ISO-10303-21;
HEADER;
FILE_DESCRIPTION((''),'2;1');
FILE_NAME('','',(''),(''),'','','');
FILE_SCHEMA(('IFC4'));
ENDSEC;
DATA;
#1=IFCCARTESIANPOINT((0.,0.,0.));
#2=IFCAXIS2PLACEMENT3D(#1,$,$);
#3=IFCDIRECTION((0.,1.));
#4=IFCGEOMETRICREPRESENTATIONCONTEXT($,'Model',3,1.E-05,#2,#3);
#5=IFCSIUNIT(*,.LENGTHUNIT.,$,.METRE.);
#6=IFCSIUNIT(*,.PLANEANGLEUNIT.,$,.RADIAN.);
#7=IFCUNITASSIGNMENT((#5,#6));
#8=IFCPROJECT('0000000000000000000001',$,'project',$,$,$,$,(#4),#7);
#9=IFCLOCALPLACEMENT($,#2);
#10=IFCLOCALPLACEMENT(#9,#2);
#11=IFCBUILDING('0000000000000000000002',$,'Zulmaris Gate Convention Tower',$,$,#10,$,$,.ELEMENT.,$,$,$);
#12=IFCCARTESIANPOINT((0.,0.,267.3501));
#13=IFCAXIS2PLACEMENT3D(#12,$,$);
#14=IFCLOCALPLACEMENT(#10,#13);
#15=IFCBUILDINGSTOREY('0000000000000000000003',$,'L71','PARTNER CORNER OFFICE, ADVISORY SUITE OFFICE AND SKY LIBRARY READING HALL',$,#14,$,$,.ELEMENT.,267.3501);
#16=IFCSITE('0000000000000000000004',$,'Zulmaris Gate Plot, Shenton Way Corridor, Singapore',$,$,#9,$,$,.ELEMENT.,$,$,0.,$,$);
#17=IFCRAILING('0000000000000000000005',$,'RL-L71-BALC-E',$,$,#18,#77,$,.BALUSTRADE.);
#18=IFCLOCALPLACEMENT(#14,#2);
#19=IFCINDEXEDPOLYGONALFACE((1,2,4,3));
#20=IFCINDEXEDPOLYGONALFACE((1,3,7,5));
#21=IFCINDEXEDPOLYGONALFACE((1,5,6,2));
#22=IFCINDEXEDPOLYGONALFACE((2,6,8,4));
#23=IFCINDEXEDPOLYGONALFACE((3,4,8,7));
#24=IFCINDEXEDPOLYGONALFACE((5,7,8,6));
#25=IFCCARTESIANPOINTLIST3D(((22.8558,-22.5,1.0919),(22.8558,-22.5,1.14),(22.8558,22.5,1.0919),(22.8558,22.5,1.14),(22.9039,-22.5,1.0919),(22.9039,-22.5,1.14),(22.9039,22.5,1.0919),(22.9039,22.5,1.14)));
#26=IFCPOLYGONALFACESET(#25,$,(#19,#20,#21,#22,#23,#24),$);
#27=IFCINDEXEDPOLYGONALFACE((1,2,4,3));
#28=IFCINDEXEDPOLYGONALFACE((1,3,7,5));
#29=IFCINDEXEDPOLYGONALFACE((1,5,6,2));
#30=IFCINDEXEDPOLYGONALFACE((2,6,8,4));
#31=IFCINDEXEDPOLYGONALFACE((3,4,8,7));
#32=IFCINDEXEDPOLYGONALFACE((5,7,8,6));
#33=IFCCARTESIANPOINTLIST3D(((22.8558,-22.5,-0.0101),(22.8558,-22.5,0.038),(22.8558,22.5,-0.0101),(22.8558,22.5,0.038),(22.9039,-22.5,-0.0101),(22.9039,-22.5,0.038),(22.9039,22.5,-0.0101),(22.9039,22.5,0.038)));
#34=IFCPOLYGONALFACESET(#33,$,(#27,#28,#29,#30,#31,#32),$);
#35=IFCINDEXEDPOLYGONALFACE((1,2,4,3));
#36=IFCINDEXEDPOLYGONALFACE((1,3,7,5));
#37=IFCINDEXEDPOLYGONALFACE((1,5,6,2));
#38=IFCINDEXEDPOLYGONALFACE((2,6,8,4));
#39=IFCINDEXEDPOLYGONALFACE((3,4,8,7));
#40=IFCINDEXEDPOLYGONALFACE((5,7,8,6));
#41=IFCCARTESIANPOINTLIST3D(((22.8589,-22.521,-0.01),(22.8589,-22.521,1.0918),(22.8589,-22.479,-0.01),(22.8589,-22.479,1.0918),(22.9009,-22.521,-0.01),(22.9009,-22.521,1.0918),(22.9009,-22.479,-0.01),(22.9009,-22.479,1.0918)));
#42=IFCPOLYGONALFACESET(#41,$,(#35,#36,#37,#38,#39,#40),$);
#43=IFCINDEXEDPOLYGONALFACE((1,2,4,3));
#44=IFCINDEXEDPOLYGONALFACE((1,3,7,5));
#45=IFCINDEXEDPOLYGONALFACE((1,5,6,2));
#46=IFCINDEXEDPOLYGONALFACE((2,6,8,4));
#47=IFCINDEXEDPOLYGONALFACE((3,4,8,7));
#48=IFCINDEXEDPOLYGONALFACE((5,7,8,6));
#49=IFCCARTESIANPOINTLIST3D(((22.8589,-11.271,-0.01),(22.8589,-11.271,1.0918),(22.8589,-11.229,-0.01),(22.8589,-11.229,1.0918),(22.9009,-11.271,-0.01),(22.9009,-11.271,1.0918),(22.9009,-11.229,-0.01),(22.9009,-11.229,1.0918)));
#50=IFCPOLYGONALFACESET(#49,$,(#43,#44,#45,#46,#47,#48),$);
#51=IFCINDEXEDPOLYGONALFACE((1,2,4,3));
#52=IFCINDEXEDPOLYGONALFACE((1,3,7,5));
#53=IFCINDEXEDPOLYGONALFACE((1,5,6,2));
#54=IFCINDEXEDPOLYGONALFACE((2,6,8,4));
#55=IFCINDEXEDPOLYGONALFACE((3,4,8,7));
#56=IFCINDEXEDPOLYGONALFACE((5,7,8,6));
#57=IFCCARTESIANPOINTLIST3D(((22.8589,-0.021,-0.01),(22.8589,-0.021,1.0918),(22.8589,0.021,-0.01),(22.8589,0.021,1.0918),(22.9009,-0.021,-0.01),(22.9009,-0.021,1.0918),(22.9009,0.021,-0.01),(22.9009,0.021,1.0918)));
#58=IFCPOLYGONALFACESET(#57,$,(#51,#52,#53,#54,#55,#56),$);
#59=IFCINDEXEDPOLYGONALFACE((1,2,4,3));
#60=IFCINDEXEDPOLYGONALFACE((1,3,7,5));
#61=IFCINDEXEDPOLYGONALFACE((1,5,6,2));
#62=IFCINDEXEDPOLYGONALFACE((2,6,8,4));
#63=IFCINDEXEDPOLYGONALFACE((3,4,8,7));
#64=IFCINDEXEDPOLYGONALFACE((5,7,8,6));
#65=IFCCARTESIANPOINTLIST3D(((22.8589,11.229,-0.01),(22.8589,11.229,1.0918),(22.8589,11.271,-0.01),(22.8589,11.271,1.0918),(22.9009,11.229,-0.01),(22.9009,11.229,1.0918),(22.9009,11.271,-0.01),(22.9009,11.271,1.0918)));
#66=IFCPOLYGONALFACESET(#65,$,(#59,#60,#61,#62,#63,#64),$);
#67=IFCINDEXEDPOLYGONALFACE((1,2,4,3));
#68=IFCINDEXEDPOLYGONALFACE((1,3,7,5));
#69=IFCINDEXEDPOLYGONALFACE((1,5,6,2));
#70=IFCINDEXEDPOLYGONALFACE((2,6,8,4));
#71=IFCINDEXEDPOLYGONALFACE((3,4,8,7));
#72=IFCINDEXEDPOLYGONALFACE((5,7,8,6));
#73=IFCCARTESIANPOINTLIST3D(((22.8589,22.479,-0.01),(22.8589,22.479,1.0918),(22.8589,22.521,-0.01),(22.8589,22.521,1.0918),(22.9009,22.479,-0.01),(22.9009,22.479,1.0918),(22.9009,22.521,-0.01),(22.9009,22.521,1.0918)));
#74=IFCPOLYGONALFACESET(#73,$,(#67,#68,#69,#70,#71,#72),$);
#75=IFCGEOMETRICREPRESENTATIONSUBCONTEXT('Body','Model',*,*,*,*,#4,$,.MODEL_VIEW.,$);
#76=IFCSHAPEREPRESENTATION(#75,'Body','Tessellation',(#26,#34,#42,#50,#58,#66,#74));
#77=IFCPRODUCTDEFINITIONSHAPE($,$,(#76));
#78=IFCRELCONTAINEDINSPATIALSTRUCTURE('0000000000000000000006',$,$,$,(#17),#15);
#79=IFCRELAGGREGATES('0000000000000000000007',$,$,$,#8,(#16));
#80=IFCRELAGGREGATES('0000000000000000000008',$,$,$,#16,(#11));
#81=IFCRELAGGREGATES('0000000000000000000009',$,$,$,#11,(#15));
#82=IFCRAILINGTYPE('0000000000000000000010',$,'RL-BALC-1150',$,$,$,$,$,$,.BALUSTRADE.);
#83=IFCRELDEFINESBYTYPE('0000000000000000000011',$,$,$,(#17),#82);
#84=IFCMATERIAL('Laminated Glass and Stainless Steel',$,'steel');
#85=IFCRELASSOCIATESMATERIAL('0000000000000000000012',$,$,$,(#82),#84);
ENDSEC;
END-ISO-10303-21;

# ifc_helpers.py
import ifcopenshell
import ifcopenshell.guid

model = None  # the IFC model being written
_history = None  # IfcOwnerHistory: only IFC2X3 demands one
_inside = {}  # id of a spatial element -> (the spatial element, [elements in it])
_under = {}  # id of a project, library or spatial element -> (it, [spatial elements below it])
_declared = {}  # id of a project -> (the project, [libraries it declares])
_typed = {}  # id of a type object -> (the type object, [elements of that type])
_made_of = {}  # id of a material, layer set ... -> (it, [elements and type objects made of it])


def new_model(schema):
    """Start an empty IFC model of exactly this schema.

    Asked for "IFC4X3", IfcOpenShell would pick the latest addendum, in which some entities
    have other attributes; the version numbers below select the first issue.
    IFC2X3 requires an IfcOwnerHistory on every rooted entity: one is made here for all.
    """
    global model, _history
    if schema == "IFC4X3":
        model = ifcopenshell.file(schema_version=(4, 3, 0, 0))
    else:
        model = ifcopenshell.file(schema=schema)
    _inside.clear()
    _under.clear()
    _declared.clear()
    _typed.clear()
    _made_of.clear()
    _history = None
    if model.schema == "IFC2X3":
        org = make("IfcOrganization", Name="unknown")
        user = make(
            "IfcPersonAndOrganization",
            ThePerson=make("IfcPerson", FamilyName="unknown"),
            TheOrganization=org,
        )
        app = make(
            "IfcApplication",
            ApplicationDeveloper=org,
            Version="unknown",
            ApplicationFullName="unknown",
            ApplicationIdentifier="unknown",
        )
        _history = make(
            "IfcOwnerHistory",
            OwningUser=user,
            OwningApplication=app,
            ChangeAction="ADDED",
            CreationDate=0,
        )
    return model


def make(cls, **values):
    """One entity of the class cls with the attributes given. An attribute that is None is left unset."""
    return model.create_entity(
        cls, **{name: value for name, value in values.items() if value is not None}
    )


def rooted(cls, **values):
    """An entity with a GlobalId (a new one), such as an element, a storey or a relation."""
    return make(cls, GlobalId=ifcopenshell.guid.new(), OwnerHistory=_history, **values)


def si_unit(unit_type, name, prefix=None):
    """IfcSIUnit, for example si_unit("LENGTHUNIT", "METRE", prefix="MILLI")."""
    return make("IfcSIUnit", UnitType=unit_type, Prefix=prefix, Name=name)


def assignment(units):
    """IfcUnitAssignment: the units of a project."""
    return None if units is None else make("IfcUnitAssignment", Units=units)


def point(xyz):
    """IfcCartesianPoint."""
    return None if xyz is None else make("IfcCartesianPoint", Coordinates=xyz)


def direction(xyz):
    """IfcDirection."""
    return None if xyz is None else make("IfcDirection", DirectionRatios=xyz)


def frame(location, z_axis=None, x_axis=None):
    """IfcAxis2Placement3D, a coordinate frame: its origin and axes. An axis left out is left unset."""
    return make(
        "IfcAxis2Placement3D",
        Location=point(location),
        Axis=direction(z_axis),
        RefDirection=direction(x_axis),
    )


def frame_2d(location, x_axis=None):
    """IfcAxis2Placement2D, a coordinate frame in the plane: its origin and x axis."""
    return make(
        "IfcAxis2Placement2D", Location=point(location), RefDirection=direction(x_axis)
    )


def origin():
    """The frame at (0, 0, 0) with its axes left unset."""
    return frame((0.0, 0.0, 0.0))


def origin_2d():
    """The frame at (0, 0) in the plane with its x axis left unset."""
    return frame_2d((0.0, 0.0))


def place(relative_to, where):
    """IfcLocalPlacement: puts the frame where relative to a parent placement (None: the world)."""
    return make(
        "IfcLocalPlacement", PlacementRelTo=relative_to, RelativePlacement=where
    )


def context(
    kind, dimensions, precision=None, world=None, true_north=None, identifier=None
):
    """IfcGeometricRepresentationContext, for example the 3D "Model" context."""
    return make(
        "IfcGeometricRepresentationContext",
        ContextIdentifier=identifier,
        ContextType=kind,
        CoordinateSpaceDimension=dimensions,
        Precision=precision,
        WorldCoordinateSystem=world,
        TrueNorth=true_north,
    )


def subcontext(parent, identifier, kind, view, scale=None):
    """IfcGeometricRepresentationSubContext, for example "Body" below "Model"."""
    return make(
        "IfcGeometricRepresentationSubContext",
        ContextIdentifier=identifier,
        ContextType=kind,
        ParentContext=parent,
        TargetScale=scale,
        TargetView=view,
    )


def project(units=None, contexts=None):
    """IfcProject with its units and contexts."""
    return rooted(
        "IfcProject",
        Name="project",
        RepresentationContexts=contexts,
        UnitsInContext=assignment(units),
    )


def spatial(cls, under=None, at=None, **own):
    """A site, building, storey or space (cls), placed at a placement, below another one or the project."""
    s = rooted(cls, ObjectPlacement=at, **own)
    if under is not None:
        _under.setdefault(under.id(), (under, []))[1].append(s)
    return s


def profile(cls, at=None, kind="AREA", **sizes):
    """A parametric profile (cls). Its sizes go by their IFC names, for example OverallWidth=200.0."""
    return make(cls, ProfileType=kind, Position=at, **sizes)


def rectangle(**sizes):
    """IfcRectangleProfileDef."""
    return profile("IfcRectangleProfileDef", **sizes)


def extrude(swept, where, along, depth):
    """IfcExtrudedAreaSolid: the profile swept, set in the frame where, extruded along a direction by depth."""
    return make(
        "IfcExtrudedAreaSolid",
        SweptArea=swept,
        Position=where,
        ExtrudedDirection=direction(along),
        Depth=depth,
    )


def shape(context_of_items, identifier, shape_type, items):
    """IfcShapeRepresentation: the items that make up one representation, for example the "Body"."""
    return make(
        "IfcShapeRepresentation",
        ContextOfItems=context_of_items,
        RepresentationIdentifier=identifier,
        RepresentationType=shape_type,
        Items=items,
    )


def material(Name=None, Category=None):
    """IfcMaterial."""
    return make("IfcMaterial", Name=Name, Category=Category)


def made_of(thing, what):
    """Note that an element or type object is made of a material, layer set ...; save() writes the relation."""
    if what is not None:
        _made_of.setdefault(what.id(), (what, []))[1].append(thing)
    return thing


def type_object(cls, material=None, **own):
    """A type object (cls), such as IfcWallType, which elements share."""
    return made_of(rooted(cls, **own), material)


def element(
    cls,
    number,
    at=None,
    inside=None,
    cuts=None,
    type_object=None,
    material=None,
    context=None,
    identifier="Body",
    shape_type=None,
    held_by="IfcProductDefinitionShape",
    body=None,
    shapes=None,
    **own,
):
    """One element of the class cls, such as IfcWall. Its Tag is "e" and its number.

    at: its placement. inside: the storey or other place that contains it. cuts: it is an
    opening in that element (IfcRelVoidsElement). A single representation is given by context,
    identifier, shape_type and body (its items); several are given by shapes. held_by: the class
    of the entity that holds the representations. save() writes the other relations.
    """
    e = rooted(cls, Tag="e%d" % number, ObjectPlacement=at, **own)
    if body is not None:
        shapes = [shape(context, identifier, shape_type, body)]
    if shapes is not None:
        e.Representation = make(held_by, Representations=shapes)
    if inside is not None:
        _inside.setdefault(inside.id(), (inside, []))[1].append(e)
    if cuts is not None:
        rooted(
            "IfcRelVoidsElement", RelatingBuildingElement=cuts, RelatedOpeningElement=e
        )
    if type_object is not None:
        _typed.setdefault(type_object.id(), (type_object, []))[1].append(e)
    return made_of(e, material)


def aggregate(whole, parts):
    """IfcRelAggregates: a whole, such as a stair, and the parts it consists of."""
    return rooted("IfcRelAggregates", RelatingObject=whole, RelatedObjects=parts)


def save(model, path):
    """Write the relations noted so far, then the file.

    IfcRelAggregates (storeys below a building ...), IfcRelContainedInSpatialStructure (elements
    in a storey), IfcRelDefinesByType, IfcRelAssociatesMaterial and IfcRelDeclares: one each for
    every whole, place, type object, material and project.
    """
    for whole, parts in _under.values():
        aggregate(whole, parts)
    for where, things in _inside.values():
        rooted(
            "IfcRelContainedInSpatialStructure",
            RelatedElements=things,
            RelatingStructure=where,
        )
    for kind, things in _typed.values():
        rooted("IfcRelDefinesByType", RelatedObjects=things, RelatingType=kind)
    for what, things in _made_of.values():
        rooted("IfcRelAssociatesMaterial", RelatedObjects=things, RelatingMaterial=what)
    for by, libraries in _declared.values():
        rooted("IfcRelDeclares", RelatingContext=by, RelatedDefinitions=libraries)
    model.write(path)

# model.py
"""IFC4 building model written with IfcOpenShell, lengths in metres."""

from ifc_helpers import new_model, si_unit, direction, frame, origin, origin_2d, place, context, subcontext, project, spatial, rectangle, extrude, material, type_object, element, save


model = new_model("IFC4")

# Units and contexts
model_context = context("Model", 3, precision=1e-05, world=origin(), true_north=direction((0.0, 1.0)))
body_context = subcontext(model_context, "Body", "Model", "MODEL_VIEW")
ifc_project = project(units=[si_unit("LENGTHUNIT", "METRE"), si_unit("PLANEANGLEUNIT", "RADIAN")], contexts=[model_context])

# Site, building, storey
site_placement = place(None, origin())
site = spatial("IfcSite", under=ifc_project, at=site_placement, Name="Zulmaris Gate Plot, Shenton Way Corridor, Singapore", CompositionType="ELEMENT", RefElevation=0.0)
building_placement = place(site_placement, origin())
building = spatial("IfcBuilding", under=site, at=building_placement, Name="Zulmaris Gate Convention Tower", CompositionType="ELEMENT")
storey_placement = place(building_placement, frame((0.0, 0.0, 267.3501)))
storey = spatial("IfcBuildingStorey", under=building, at=storey_placement, Name="L71", Description="PARTNER CORNER OFFICE, ADVISORY SUITE OFFICE AND SKY LIBRARY READING HALL", CompositionType="ELEMENT", Elevation=267.3501)

# Railing
ifc_material_1 = material(Name="Laminated Glass and Stainless Steel", Category="steel")
railing_type = type_object("IfcRailingType", Name="RL-BALC-1150", PredefinedType="BALUSTRADE", material=ifc_material_1)
railing_placement = place(storey_placement, frame((22.8799, -22.5, -0.01)))
element("IfcRailing", 1, at=railing_placement, inside=storey, type_object=railing_type, Name="RL-L71-BALC-E", PredefinedType="BALUSTRADE", context=body_context, shape_type="SweptSolid", body=[
    extrude(rectangle(XDim=0.0481, YDim=0.0481, at=origin_2d()), frame((0.0, 0.0, 1.126), z_axis=(0.0, 1.0, 0.0), x_axis=(-1.0, 0.0, 0.0)), (0.0, 0.0, 1.0), 45.0),
    extrude(rectangle(XDim=0.0481, YDim=0.0481, at=origin_2d()), frame((0.0, 0.0, 0.0239), z_axis=(0.0, 1.0, 0.0), x_axis=(-1.0, 0.0, 0.0)), (0.0, 0.0, 1.0), 45.0),
    extrude(rectangle(XDim=0.042, YDim=0.042, at=origin_2d()), origin(), (0.0, 0.0, 1.0), 1.1018),
    extrude(rectangle(XDim=0.042, YDim=0.042, at=origin_2d()), frame((0.0, 11.25, 0.0)), (0.0, 0.0, 1.0), 1.1018),
    extrude(rectangle(XDim=0.042, YDim=0.042, at=origin_2d()), frame((0.0, 22.5, 0.0)), (0.0, 0.0, 1.0), 1.1018),
    extrude(rectangle(XDim=0.042, YDim=0.042, at=origin_2d()), frame((0.0, 33.75, 0.0)), (0.0, 0.0, 1.0), 1.1018),
    extrude(rectangle(XDim=0.042, YDim=0.042, at=origin_2d()), frame((0.0, 45.0, 0.0)), (0.0, 0.0, 1.0), 1.1018),
])

save(model, "model.ifc")
